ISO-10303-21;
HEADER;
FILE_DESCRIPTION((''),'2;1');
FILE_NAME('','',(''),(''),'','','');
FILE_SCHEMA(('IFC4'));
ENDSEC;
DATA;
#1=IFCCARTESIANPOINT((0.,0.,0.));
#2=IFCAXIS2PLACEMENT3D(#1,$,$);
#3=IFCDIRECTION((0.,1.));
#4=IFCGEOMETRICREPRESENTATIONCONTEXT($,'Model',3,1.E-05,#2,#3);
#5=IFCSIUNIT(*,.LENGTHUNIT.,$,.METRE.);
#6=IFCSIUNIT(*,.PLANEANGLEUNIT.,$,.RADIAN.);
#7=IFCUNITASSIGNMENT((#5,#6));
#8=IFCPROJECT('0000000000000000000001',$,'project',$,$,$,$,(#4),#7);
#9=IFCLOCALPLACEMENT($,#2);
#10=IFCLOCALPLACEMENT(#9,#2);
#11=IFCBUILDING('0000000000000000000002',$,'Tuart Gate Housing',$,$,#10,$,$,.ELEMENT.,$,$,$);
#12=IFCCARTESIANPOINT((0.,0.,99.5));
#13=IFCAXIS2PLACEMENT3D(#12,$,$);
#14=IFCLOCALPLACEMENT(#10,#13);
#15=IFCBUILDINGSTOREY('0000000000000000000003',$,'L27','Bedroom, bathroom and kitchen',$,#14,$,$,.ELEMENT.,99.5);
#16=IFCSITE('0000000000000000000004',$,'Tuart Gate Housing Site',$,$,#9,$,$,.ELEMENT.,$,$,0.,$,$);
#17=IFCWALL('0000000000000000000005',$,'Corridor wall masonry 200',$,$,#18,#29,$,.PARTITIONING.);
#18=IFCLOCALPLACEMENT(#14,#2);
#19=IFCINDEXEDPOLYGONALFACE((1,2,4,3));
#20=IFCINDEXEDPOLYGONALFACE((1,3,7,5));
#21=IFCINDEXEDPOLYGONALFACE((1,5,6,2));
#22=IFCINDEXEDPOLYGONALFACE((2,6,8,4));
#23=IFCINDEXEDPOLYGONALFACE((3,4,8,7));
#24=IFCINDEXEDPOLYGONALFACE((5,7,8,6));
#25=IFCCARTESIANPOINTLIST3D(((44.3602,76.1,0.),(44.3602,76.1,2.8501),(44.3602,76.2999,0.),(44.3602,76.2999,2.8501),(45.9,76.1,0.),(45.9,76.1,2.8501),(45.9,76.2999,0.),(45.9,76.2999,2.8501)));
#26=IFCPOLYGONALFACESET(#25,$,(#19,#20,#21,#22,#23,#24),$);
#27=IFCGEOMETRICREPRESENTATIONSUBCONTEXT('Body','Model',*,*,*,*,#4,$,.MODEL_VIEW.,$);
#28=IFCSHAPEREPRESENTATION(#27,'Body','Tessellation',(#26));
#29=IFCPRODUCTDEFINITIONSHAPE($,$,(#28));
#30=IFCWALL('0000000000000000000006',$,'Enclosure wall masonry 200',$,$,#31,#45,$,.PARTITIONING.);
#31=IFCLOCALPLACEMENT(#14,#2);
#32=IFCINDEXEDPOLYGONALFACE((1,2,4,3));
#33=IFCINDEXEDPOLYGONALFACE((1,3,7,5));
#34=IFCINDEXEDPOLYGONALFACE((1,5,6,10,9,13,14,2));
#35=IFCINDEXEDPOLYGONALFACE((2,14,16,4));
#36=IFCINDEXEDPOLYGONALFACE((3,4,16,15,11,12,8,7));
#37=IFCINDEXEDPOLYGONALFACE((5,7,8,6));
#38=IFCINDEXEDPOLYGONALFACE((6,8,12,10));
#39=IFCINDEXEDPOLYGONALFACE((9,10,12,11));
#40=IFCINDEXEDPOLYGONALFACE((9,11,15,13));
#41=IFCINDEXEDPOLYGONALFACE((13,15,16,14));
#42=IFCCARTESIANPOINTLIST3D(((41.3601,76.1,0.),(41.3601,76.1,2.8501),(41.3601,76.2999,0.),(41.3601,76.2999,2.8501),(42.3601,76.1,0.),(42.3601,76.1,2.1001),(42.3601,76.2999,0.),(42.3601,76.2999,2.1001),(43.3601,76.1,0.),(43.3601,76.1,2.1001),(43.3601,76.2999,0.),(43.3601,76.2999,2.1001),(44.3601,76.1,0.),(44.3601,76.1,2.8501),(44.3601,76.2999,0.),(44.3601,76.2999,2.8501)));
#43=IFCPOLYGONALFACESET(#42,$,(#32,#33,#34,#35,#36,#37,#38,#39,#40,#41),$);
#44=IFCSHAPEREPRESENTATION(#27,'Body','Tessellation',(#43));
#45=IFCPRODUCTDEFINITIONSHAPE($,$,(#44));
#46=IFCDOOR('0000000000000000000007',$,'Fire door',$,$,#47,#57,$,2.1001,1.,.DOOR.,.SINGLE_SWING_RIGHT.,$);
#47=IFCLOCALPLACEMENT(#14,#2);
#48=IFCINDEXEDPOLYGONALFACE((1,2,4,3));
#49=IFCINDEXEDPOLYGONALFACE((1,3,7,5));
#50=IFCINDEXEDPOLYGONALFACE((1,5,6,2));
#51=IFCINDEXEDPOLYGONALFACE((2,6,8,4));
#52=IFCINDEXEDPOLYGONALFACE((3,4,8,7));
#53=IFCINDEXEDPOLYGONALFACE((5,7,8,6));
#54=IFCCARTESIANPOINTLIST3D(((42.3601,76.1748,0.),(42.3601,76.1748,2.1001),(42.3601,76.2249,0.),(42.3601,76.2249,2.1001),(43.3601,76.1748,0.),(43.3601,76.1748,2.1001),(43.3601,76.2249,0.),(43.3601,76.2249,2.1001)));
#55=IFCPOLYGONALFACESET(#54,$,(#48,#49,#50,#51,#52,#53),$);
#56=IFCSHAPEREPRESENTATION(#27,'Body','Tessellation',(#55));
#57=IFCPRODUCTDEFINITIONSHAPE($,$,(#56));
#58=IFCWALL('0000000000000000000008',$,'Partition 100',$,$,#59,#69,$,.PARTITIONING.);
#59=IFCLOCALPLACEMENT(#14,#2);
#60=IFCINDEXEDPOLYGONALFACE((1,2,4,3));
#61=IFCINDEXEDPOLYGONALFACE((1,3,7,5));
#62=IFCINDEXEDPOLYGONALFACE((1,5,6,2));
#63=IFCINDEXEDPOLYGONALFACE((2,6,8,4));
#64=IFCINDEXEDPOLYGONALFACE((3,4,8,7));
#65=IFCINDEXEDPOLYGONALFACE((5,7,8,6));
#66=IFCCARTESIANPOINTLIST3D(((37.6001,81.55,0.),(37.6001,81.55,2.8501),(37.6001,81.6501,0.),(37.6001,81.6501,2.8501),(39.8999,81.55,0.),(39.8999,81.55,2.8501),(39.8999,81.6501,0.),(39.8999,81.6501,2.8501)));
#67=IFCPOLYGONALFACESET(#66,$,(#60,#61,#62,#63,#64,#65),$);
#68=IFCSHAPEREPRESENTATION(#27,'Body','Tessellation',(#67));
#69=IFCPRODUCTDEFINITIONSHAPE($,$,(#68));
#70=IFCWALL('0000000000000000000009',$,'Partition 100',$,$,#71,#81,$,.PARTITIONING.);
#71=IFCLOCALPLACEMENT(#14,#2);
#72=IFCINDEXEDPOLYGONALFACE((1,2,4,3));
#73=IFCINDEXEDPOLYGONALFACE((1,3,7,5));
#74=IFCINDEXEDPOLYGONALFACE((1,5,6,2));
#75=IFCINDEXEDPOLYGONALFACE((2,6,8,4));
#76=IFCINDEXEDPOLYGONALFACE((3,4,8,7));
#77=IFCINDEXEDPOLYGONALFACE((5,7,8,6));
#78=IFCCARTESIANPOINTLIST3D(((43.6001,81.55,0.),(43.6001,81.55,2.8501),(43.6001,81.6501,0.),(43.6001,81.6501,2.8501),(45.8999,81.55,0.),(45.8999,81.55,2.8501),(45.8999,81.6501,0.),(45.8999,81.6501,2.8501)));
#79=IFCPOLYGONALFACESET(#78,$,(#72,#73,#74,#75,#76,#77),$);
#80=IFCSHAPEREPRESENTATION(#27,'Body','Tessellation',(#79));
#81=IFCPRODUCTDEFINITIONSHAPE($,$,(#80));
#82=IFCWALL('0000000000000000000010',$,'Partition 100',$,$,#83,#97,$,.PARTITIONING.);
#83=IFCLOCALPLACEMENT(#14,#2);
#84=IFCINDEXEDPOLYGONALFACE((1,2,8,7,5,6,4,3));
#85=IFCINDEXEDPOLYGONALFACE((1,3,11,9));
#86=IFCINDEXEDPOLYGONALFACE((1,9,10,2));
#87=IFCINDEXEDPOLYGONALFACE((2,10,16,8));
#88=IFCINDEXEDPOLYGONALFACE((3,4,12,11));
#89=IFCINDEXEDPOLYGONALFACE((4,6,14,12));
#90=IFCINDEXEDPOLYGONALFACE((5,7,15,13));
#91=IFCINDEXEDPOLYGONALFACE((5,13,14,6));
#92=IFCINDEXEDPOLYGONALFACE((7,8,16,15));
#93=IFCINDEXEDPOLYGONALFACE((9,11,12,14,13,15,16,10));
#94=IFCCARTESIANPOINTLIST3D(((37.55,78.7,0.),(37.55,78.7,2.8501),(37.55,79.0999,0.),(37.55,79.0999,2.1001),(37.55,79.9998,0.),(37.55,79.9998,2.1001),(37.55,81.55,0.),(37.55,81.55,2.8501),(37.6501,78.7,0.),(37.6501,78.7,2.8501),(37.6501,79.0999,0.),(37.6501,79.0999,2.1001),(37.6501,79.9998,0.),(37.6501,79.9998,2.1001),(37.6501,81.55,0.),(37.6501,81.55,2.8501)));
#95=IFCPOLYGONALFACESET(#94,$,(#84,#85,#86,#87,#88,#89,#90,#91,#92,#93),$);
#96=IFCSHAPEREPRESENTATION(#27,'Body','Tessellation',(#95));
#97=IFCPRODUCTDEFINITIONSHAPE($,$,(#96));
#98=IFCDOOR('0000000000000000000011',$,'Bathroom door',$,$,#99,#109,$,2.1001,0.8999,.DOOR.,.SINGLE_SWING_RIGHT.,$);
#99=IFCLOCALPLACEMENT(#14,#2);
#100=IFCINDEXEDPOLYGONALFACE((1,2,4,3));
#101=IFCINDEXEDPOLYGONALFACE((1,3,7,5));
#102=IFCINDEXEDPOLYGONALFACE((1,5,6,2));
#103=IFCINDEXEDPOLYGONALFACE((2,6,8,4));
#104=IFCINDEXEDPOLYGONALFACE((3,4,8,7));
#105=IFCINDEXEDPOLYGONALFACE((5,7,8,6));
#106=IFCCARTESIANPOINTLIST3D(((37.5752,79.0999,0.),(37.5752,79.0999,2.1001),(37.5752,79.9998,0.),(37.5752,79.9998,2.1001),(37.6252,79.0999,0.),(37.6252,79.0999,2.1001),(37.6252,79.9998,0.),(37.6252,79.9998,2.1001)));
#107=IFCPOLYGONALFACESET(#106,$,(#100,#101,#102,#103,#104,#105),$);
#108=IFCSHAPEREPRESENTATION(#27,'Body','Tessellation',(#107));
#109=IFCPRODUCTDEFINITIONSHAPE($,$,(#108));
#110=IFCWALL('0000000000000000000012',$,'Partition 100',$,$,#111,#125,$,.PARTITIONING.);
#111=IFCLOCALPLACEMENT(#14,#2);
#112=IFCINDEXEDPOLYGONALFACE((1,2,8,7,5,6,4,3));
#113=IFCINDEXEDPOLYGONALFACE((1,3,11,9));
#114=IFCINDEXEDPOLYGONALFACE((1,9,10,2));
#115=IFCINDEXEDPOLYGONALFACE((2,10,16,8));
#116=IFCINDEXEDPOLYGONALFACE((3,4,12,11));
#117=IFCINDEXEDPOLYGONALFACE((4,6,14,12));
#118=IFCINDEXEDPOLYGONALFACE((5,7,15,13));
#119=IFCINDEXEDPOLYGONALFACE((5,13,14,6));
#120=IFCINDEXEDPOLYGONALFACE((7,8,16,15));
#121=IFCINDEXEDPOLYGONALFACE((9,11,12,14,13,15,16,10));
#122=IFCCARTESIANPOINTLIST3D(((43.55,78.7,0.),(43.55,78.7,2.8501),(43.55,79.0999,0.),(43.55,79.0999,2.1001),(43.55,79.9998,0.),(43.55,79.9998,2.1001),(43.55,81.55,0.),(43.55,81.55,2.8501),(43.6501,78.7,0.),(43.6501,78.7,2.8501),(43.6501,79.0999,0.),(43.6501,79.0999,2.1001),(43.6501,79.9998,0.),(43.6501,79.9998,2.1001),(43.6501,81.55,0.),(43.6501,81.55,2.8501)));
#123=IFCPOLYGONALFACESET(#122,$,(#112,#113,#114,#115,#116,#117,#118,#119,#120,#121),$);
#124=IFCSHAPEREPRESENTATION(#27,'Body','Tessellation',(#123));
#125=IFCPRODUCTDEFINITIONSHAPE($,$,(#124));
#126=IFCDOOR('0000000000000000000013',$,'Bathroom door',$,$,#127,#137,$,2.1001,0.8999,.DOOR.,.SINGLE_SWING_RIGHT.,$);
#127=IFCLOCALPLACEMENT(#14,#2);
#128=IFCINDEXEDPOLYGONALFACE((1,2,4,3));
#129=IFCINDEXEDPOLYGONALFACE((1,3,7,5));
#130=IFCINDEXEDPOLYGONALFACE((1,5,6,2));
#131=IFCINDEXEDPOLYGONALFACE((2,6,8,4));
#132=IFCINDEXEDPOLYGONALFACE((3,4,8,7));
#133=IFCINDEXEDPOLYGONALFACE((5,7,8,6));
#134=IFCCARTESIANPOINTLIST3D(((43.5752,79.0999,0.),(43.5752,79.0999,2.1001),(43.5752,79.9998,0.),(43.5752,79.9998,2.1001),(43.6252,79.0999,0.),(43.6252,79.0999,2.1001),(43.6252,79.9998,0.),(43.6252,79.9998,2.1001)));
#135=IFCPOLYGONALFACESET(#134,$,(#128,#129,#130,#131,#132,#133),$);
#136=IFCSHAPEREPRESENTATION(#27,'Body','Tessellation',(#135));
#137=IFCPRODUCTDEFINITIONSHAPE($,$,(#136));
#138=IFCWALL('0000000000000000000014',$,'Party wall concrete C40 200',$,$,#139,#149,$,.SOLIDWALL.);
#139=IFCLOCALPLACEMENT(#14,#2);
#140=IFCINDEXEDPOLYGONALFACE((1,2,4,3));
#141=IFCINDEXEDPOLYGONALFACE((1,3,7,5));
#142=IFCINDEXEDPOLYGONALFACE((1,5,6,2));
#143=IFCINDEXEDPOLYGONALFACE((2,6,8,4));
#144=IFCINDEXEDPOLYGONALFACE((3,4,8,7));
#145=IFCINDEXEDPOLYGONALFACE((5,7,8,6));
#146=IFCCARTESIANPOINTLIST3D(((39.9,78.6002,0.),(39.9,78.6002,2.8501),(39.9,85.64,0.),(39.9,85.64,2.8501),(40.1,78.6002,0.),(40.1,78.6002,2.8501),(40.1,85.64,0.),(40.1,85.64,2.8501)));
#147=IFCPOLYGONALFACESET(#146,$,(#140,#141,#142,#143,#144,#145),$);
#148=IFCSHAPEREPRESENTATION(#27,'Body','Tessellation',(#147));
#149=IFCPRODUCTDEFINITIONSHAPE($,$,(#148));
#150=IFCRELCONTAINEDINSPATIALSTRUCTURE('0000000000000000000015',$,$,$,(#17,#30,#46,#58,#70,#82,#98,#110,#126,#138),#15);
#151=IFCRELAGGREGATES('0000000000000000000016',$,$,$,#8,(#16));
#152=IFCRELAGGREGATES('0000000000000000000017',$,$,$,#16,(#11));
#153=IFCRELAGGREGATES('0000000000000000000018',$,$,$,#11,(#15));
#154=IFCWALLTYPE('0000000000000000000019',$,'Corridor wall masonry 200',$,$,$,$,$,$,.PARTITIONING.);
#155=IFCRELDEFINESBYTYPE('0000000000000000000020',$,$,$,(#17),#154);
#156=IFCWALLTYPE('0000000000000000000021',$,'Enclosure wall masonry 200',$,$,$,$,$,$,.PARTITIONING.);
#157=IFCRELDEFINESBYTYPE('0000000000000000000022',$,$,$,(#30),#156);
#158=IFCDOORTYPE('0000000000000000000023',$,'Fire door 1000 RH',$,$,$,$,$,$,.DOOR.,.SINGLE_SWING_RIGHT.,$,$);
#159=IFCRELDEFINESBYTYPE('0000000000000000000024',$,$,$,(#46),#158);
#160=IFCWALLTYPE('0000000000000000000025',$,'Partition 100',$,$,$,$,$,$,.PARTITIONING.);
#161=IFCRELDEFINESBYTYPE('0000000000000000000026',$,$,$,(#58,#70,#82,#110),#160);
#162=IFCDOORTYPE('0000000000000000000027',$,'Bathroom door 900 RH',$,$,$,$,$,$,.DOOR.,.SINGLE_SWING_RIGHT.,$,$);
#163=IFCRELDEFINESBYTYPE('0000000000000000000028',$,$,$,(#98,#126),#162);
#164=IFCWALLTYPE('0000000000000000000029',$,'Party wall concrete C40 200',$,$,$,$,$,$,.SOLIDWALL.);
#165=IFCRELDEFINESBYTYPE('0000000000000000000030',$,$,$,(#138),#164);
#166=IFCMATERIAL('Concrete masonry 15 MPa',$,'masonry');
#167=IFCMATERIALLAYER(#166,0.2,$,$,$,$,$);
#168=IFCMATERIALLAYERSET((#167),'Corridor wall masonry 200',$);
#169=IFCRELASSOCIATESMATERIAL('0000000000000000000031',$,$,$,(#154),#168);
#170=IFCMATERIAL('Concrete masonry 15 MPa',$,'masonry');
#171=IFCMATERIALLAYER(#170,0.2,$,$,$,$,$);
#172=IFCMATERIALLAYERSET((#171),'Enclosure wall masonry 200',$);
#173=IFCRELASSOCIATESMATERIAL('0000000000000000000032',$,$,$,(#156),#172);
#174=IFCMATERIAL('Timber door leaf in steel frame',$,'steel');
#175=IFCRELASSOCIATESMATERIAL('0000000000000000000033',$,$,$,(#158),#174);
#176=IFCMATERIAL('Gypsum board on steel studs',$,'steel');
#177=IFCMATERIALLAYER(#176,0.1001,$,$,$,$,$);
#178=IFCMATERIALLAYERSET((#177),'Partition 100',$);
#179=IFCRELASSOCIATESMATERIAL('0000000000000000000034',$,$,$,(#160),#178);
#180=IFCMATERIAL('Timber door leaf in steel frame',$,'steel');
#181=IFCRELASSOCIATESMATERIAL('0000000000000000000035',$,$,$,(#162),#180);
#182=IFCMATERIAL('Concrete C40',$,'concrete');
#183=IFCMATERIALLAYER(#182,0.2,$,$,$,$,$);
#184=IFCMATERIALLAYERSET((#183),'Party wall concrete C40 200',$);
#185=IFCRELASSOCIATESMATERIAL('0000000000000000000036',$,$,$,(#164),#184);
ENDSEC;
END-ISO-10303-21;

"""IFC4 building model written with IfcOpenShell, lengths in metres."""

from ifc_helpers import new_model, si_unit, direction, frame, frame_2d, origin, place, context, subcontext, project, spatial, rectangle, extrude, material, layer, layer_set, type_object, element, fill, save


model = new_model("IFC4")

# Units and contexts
model_context = context("Model", 3, precision=1e-05, world=origin(), true_north=direction((0.0, 1.0)))
body_context = subcontext(model_context, "Body", "Model", "MODEL_VIEW")
ifc_project = project(units=[si_unit("LENGTHUNIT", "METRE"), si_unit("PLANEANGLEUNIT", "RADIAN")], contexts=[model_context])

# Site, building, storey
site_placement = place(None, origin())
site = spatial("IfcSite", under=ifc_project, at=site_placement, Name="Tuart Gate Housing Site", CompositionType="ELEMENT", RefElevation=0.0)
building_placement = place(site_placement, origin())
building = spatial("IfcBuilding", under=site, at=building_placement, Name="Tuart Gate Housing", CompositionType="ELEMENT")
storey_placement = place(building_placement, frame((0.0, 0.0, 99.5)))
storey = spatial("IfcBuildingStorey", under=building, at=storey_placement, Name="L27", Description="Bedroom, bathroom and kitchen", CompositionType="ELEMENT", Elevation=99.5)

# Wall
ifc_material_1 = material(Name="Concrete masonry 15 MPa", Category="masonry")
ifc_layer_1 = layer(ifc_material_1, 0.2)
ifc_layer_set_1 = layer_set([ifc_layer_1], Name="Corridor wall masonry 200")
wall_type_1 = type_object("IfcWallType", Name="Corridor wall masonry 200", PredefinedType="PARTITIONING", material=ifc_layer_set_1)
wall_1_placement = place(storey_placement, frame((44.3601, 76.2, 0.0), z_axis=(0.0, 0.0, 1.0), x_axis=(1.0, 0.0, 0.0)))
element("IfcWall", 1, at=wall_1_placement, inside=storey, type_object=wall_type_1, Name="Corridor wall masonry 200", PredefinedType="PARTITIONING", context=body_context, shape_type="SweptSolid", body=[
    extrude(rectangle(XDim=1.5398, YDim=0.2, at=frame_2d((0.77, 0.0))), origin(), (0.0, 0.0, 1.0), 2.8501),
])

# Wall, opening, door
ifc_material_2 = material(Name="Concrete masonry 15 MPa", Category="masonry")
ifc_layer_2 = layer(ifc_material_2, 0.2)
ifc_layer_set_2 = layer_set([ifc_layer_2], Name="Enclosure wall masonry 200")
wall_type_2 = type_object("IfcWallType", Name="Enclosure wall masonry 200", PredefinedType="PARTITIONING", material=ifc_layer_set_2)
wall_2_placement = place(storey_placement, frame((41.3601, 76.2, 0.0), z_axis=(0.0, 0.0, 1.0), x_axis=(1.0, 0.0, 0.0)))
wall_2 = element("IfcWall", 2, at=wall_2_placement, inside=storey, type_object=wall_type_2, Name="Enclosure wall masonry 200", PredefinedType="PARTITIONING", context=body_context, shape_type="SweptSolid", body=[
    extrude(rectangle(XDim=3.0, YDim=0.2, at=frame_2d((1.5, 0.0))), origin(), (0.0, 0.0, 1.0), 2.8501),
])
opening_1_placement = place(wall_2_placement, frame((1.0, 0.0, 0.0)))
opening_1 = element("IfcOpeningElement", 3, at=opening_1_placement, cuts=wall_2, PredefinedType="OPENING", context=body_context, shape_type="SweptSolid", body=[
    extrude(rectangle(XDim=1.0, YDim=2.1001, at=frame_2d((0.5, 1.05))), frame((0.0, 0.1099, 0.0), z_axis=(0.0, -1.0, 0.0), x_axis=(1.0, 0.0, 0.0)), (0.0, 0.0, 1.0), 0.22),
])
ifc_material_3 = material(Name="Timber door leaf in steel frame", Category="steel")
door_type_1 = type_object("IfcDoorType", Name="Fire door 1000 RH", OperationType="SINGLE_SWING_RIGHT", PredefinedType="DOOR", material=ifc_material_3)
door_1_placement = place(opening_1_placement, origin())
door_1 = element("IfcDoor", 4, at=door_1_placement, inside=storey, type_object=door_type_1, Name="Fire door", OperationType="SINGLE_SWING_RIGHT", OverallHeight=2.1001, OverallWidth=1.0, PredefinedType="DOOR", context=body_context, shape_type="SweptSolid", body=[
    extrude(rectangle(XDim=1.0, YDim=2.1001, at=frame_2d((0.5, 1.05))), frame((0.0, 0.0249, 0.0), z_axis=(0.0, -1.0, 0.0), x_axis=(1.0, 0.0, 0.0)), (0.0, 0.0, 1.0), 0.05),
])
fill(opening_1, door_1)

# Walls
ifc_material_4 = material(Name="Gypsum board on steel studs", Category="steel")
ifc_layer_3 = layer(ifc_material_4, 0.1001)
ifc_layer_set_3 = layer_set([ifc_layer_3], Name="Partition 100")
wall_type_3 = type_object("IfcWallType", Name="Partition 100", PredefinedType="PARTITIONING", material=ifc_layer_set_3)
for number, where, z_axis, x_axis, name in (
    (5, (37.6001, 81.6001, 0.0), (0.0, 0.0, 1.0), (1.0, 0.0, 0.0), "Partition 100"),
    (6, (43.6001, 81.6001, 0.0), (0.0, 0.0, 1.0), (1.0, 0.0, 0.0), "Partition 100"),
):
    element("IfcWall", number, at=place(storey_placement, frame(where, z_axis=z_axis, x_axis=x_axis)), inside=storey, type_object=wall_type_3, Name=name, PredefinedType="PARTITIONING", context=body_context, shape_type="SweptSolid", body=[
        extrude(rectangle(XDim=2.2998, YDim=0.1001, at=frame_2d((1.1499, 0.0))), origin(), (0.0, 0.0, 1.0), 2.8501),
    ])

# Walls, openings, doors
wall_3_placement = place(storey_placement, frame((37.6001, 78.7, 0.0), z_axis=(0.0, 0.0, 1.0), x_axis=(0.0, 1.0, 0.0)))
wall_3 = element("IfcWall", 7, at=wall_3_placement, inside=storey, type_object=wall_type_3, Name="Partition 100", PredefinedType="PARTITIONING", context=body_context, shape_type="SweptSolid", body=[
    extrude(rectangle(XDim=2.8501, YDim=0.1001, at=frame_2d((1.425, 0.0))), origin(), (0.0, 0.0, 1.0), 2.8501),
])
opening_2_placement = place(wall_3_placement, frame((0.3999, 0.0, 0.0)))
opening_2 = element("IfcOpeningElement", 8, at=opening_2_placement, cuts=wall_3, PredefinedType="OPENING", context=body_context, shape_type="SweptSolid", body=[
    extrude(rectangle(XDim=0.8999, YDim=2.1001, at=frame_2d((0.45, 1.05))), frame((0.0, 0.0601, 0.0), z_axis=(0.0, -1.0, 0.0), x_axis=(1.0, 0.0, 0.0)), (0.0, 0.0, 1.0), 0.1201),
])
ifc_material_5 = material(Name="Timber door leaf in steel frame", Category="steel")
door_type_2 = type_object("IfcDoorType", Name="Bathroom door 900 RH", OperationType="SINGLE_SWING_RIGHT", PredefinedType="DOOR", material=ifc_material_5)
door_2_placement = place(opening_2_placement, frame((0.8999, 0.0, 0.0), z_axis=(0.0, 0.0, 1.0), x_axis=(-1.0, 0.0, 0.0)))
door_2 = element("IfcDoor", 9, at=door_2_placement, inside=storey, type_object=door_type_2, Name="Bathroom door", OperationType="SINGLE_SWING_RIGHT", OverallHeight=2.1001, OverallWidth=0.8999, PredefinedType="DOOR", context=body_context, shape_type="SweptSolid", body=[
    extrude(rectangle(XDim=0.8999, YDim=2.1001, at=frame_2d((0.45, 1.05))), frame((0.0, 0.0251, 0.0), z_axis=(0.0, -1.0, 0.0), x_axis=(1.0, 0.0, 0.0)), (0.0, 0.0, 1.0), 0.05),
])
fill(opening_2, door_2)
wall_4_placement = place(storey_placement, frame((43.6001, 78.7, 0.0), z_axis=(0.0, 0.0, 1.0), x_axis=(0.0, 1.0, 0.0)))
wall_4 = element("IfcWall", 10, at=wall_4_placement, inside=storey, type_object=wall_type_3, Name="Partition 100", PredefinedType="PARTITIONING", context=body_context, shape_type="SweptSolid", body=[
    extrude(rectangle(XDim=2.8501, YDim=0.1001, at=frame_2d((1.425, 0.0))), origin(), (0.0, 0.0, 1.0), 2.8501),
])
opening_3_placement = place(wall_4_placement, frame((0.3999, 0.0, 0.0)))
opening_3 = element("IfcOpeningElement", 11, at=opening_3_placement, cuts=wall_4, PredefinedType="OPENING", context=body_context, shape_type="SweptSolid", body=[
    extrude(rectangle(XDim=0.8999, YDim=2.1001, at=frame_2d((0.45, 1.05))), frame((0.0, 0.0601, 0.0), z_axis=(0.0, -1.0, 0.0), x_axis=(1.0, 0.0, 0.0)), (0.0, 0.0, 1.0), 0.1201),
])
door_3_placement = place(opening_3_placement, frame((0.8999, 0.0, 0.0), z_axis=(0.0, 0.0, 1.0), x_axis=(-1.0, 0.0, 0.0)))
door_3 = element("IfcDoor", 12, at=door_3_placement, inside=storey, type_object=door_type_2, Name="Bathroom door", OperationType="SINGLE_SWING_RIGHT", OverallHeight=2.1001, OverallWidth=0.8999, PredefinedType="DOOR", context=body_context, shape_type="SweptSolid", body=[
    extrude(rectangle(XDim=0.8999, YDim=2.1001, at=frame_2d((0.45, 1.05))), frame((0.0, 0.0251, 0.0), z_axis=(0.0, -1.0, 0.0), x_axis=(1.0, 0.0, 0.0)), (0.0, 0.0, 1.0), 0.05),
])
fill(opening_3, door_3)

# Wall
ifc_material_6 = material(Name="Concrete C40", Category="concrete")
ifc_layer_4 = layer(ifc_material_6, 0.2)
ifc_layer_set_4 = layer_set([ifc_layer_4], Name="Party wall concrete C40 200")
wall_type_4 = type_object("IfcWallType", Name="Party wall concrete C40 200", PredefinedType="SOLIDWALL", material=ifc_layer_set_4)
wall_5_placement = place(storey_placement, frame((40.0, 78.6001, 0.0), z_axis=(0.0, 0.0, 1.0), x_axis=(0.0, 1.0, 0.0)))
element("IfcWall", 13, at=wall_5_placement, inside=storey, type_object=wall_type_4, Name="Party wall concrete C40 200", PredefinedType="SOLIDWALL", context=body_context, shape_type="SweptSolid", body=[
    extrude(rectangle(XDim=7.0398, YDim=0.2, at=frame_2d((3.52, 0.0))), origin(), (0.0, 0.0, 1.0), 2.8501),
])

save(model, "model.ifc")
